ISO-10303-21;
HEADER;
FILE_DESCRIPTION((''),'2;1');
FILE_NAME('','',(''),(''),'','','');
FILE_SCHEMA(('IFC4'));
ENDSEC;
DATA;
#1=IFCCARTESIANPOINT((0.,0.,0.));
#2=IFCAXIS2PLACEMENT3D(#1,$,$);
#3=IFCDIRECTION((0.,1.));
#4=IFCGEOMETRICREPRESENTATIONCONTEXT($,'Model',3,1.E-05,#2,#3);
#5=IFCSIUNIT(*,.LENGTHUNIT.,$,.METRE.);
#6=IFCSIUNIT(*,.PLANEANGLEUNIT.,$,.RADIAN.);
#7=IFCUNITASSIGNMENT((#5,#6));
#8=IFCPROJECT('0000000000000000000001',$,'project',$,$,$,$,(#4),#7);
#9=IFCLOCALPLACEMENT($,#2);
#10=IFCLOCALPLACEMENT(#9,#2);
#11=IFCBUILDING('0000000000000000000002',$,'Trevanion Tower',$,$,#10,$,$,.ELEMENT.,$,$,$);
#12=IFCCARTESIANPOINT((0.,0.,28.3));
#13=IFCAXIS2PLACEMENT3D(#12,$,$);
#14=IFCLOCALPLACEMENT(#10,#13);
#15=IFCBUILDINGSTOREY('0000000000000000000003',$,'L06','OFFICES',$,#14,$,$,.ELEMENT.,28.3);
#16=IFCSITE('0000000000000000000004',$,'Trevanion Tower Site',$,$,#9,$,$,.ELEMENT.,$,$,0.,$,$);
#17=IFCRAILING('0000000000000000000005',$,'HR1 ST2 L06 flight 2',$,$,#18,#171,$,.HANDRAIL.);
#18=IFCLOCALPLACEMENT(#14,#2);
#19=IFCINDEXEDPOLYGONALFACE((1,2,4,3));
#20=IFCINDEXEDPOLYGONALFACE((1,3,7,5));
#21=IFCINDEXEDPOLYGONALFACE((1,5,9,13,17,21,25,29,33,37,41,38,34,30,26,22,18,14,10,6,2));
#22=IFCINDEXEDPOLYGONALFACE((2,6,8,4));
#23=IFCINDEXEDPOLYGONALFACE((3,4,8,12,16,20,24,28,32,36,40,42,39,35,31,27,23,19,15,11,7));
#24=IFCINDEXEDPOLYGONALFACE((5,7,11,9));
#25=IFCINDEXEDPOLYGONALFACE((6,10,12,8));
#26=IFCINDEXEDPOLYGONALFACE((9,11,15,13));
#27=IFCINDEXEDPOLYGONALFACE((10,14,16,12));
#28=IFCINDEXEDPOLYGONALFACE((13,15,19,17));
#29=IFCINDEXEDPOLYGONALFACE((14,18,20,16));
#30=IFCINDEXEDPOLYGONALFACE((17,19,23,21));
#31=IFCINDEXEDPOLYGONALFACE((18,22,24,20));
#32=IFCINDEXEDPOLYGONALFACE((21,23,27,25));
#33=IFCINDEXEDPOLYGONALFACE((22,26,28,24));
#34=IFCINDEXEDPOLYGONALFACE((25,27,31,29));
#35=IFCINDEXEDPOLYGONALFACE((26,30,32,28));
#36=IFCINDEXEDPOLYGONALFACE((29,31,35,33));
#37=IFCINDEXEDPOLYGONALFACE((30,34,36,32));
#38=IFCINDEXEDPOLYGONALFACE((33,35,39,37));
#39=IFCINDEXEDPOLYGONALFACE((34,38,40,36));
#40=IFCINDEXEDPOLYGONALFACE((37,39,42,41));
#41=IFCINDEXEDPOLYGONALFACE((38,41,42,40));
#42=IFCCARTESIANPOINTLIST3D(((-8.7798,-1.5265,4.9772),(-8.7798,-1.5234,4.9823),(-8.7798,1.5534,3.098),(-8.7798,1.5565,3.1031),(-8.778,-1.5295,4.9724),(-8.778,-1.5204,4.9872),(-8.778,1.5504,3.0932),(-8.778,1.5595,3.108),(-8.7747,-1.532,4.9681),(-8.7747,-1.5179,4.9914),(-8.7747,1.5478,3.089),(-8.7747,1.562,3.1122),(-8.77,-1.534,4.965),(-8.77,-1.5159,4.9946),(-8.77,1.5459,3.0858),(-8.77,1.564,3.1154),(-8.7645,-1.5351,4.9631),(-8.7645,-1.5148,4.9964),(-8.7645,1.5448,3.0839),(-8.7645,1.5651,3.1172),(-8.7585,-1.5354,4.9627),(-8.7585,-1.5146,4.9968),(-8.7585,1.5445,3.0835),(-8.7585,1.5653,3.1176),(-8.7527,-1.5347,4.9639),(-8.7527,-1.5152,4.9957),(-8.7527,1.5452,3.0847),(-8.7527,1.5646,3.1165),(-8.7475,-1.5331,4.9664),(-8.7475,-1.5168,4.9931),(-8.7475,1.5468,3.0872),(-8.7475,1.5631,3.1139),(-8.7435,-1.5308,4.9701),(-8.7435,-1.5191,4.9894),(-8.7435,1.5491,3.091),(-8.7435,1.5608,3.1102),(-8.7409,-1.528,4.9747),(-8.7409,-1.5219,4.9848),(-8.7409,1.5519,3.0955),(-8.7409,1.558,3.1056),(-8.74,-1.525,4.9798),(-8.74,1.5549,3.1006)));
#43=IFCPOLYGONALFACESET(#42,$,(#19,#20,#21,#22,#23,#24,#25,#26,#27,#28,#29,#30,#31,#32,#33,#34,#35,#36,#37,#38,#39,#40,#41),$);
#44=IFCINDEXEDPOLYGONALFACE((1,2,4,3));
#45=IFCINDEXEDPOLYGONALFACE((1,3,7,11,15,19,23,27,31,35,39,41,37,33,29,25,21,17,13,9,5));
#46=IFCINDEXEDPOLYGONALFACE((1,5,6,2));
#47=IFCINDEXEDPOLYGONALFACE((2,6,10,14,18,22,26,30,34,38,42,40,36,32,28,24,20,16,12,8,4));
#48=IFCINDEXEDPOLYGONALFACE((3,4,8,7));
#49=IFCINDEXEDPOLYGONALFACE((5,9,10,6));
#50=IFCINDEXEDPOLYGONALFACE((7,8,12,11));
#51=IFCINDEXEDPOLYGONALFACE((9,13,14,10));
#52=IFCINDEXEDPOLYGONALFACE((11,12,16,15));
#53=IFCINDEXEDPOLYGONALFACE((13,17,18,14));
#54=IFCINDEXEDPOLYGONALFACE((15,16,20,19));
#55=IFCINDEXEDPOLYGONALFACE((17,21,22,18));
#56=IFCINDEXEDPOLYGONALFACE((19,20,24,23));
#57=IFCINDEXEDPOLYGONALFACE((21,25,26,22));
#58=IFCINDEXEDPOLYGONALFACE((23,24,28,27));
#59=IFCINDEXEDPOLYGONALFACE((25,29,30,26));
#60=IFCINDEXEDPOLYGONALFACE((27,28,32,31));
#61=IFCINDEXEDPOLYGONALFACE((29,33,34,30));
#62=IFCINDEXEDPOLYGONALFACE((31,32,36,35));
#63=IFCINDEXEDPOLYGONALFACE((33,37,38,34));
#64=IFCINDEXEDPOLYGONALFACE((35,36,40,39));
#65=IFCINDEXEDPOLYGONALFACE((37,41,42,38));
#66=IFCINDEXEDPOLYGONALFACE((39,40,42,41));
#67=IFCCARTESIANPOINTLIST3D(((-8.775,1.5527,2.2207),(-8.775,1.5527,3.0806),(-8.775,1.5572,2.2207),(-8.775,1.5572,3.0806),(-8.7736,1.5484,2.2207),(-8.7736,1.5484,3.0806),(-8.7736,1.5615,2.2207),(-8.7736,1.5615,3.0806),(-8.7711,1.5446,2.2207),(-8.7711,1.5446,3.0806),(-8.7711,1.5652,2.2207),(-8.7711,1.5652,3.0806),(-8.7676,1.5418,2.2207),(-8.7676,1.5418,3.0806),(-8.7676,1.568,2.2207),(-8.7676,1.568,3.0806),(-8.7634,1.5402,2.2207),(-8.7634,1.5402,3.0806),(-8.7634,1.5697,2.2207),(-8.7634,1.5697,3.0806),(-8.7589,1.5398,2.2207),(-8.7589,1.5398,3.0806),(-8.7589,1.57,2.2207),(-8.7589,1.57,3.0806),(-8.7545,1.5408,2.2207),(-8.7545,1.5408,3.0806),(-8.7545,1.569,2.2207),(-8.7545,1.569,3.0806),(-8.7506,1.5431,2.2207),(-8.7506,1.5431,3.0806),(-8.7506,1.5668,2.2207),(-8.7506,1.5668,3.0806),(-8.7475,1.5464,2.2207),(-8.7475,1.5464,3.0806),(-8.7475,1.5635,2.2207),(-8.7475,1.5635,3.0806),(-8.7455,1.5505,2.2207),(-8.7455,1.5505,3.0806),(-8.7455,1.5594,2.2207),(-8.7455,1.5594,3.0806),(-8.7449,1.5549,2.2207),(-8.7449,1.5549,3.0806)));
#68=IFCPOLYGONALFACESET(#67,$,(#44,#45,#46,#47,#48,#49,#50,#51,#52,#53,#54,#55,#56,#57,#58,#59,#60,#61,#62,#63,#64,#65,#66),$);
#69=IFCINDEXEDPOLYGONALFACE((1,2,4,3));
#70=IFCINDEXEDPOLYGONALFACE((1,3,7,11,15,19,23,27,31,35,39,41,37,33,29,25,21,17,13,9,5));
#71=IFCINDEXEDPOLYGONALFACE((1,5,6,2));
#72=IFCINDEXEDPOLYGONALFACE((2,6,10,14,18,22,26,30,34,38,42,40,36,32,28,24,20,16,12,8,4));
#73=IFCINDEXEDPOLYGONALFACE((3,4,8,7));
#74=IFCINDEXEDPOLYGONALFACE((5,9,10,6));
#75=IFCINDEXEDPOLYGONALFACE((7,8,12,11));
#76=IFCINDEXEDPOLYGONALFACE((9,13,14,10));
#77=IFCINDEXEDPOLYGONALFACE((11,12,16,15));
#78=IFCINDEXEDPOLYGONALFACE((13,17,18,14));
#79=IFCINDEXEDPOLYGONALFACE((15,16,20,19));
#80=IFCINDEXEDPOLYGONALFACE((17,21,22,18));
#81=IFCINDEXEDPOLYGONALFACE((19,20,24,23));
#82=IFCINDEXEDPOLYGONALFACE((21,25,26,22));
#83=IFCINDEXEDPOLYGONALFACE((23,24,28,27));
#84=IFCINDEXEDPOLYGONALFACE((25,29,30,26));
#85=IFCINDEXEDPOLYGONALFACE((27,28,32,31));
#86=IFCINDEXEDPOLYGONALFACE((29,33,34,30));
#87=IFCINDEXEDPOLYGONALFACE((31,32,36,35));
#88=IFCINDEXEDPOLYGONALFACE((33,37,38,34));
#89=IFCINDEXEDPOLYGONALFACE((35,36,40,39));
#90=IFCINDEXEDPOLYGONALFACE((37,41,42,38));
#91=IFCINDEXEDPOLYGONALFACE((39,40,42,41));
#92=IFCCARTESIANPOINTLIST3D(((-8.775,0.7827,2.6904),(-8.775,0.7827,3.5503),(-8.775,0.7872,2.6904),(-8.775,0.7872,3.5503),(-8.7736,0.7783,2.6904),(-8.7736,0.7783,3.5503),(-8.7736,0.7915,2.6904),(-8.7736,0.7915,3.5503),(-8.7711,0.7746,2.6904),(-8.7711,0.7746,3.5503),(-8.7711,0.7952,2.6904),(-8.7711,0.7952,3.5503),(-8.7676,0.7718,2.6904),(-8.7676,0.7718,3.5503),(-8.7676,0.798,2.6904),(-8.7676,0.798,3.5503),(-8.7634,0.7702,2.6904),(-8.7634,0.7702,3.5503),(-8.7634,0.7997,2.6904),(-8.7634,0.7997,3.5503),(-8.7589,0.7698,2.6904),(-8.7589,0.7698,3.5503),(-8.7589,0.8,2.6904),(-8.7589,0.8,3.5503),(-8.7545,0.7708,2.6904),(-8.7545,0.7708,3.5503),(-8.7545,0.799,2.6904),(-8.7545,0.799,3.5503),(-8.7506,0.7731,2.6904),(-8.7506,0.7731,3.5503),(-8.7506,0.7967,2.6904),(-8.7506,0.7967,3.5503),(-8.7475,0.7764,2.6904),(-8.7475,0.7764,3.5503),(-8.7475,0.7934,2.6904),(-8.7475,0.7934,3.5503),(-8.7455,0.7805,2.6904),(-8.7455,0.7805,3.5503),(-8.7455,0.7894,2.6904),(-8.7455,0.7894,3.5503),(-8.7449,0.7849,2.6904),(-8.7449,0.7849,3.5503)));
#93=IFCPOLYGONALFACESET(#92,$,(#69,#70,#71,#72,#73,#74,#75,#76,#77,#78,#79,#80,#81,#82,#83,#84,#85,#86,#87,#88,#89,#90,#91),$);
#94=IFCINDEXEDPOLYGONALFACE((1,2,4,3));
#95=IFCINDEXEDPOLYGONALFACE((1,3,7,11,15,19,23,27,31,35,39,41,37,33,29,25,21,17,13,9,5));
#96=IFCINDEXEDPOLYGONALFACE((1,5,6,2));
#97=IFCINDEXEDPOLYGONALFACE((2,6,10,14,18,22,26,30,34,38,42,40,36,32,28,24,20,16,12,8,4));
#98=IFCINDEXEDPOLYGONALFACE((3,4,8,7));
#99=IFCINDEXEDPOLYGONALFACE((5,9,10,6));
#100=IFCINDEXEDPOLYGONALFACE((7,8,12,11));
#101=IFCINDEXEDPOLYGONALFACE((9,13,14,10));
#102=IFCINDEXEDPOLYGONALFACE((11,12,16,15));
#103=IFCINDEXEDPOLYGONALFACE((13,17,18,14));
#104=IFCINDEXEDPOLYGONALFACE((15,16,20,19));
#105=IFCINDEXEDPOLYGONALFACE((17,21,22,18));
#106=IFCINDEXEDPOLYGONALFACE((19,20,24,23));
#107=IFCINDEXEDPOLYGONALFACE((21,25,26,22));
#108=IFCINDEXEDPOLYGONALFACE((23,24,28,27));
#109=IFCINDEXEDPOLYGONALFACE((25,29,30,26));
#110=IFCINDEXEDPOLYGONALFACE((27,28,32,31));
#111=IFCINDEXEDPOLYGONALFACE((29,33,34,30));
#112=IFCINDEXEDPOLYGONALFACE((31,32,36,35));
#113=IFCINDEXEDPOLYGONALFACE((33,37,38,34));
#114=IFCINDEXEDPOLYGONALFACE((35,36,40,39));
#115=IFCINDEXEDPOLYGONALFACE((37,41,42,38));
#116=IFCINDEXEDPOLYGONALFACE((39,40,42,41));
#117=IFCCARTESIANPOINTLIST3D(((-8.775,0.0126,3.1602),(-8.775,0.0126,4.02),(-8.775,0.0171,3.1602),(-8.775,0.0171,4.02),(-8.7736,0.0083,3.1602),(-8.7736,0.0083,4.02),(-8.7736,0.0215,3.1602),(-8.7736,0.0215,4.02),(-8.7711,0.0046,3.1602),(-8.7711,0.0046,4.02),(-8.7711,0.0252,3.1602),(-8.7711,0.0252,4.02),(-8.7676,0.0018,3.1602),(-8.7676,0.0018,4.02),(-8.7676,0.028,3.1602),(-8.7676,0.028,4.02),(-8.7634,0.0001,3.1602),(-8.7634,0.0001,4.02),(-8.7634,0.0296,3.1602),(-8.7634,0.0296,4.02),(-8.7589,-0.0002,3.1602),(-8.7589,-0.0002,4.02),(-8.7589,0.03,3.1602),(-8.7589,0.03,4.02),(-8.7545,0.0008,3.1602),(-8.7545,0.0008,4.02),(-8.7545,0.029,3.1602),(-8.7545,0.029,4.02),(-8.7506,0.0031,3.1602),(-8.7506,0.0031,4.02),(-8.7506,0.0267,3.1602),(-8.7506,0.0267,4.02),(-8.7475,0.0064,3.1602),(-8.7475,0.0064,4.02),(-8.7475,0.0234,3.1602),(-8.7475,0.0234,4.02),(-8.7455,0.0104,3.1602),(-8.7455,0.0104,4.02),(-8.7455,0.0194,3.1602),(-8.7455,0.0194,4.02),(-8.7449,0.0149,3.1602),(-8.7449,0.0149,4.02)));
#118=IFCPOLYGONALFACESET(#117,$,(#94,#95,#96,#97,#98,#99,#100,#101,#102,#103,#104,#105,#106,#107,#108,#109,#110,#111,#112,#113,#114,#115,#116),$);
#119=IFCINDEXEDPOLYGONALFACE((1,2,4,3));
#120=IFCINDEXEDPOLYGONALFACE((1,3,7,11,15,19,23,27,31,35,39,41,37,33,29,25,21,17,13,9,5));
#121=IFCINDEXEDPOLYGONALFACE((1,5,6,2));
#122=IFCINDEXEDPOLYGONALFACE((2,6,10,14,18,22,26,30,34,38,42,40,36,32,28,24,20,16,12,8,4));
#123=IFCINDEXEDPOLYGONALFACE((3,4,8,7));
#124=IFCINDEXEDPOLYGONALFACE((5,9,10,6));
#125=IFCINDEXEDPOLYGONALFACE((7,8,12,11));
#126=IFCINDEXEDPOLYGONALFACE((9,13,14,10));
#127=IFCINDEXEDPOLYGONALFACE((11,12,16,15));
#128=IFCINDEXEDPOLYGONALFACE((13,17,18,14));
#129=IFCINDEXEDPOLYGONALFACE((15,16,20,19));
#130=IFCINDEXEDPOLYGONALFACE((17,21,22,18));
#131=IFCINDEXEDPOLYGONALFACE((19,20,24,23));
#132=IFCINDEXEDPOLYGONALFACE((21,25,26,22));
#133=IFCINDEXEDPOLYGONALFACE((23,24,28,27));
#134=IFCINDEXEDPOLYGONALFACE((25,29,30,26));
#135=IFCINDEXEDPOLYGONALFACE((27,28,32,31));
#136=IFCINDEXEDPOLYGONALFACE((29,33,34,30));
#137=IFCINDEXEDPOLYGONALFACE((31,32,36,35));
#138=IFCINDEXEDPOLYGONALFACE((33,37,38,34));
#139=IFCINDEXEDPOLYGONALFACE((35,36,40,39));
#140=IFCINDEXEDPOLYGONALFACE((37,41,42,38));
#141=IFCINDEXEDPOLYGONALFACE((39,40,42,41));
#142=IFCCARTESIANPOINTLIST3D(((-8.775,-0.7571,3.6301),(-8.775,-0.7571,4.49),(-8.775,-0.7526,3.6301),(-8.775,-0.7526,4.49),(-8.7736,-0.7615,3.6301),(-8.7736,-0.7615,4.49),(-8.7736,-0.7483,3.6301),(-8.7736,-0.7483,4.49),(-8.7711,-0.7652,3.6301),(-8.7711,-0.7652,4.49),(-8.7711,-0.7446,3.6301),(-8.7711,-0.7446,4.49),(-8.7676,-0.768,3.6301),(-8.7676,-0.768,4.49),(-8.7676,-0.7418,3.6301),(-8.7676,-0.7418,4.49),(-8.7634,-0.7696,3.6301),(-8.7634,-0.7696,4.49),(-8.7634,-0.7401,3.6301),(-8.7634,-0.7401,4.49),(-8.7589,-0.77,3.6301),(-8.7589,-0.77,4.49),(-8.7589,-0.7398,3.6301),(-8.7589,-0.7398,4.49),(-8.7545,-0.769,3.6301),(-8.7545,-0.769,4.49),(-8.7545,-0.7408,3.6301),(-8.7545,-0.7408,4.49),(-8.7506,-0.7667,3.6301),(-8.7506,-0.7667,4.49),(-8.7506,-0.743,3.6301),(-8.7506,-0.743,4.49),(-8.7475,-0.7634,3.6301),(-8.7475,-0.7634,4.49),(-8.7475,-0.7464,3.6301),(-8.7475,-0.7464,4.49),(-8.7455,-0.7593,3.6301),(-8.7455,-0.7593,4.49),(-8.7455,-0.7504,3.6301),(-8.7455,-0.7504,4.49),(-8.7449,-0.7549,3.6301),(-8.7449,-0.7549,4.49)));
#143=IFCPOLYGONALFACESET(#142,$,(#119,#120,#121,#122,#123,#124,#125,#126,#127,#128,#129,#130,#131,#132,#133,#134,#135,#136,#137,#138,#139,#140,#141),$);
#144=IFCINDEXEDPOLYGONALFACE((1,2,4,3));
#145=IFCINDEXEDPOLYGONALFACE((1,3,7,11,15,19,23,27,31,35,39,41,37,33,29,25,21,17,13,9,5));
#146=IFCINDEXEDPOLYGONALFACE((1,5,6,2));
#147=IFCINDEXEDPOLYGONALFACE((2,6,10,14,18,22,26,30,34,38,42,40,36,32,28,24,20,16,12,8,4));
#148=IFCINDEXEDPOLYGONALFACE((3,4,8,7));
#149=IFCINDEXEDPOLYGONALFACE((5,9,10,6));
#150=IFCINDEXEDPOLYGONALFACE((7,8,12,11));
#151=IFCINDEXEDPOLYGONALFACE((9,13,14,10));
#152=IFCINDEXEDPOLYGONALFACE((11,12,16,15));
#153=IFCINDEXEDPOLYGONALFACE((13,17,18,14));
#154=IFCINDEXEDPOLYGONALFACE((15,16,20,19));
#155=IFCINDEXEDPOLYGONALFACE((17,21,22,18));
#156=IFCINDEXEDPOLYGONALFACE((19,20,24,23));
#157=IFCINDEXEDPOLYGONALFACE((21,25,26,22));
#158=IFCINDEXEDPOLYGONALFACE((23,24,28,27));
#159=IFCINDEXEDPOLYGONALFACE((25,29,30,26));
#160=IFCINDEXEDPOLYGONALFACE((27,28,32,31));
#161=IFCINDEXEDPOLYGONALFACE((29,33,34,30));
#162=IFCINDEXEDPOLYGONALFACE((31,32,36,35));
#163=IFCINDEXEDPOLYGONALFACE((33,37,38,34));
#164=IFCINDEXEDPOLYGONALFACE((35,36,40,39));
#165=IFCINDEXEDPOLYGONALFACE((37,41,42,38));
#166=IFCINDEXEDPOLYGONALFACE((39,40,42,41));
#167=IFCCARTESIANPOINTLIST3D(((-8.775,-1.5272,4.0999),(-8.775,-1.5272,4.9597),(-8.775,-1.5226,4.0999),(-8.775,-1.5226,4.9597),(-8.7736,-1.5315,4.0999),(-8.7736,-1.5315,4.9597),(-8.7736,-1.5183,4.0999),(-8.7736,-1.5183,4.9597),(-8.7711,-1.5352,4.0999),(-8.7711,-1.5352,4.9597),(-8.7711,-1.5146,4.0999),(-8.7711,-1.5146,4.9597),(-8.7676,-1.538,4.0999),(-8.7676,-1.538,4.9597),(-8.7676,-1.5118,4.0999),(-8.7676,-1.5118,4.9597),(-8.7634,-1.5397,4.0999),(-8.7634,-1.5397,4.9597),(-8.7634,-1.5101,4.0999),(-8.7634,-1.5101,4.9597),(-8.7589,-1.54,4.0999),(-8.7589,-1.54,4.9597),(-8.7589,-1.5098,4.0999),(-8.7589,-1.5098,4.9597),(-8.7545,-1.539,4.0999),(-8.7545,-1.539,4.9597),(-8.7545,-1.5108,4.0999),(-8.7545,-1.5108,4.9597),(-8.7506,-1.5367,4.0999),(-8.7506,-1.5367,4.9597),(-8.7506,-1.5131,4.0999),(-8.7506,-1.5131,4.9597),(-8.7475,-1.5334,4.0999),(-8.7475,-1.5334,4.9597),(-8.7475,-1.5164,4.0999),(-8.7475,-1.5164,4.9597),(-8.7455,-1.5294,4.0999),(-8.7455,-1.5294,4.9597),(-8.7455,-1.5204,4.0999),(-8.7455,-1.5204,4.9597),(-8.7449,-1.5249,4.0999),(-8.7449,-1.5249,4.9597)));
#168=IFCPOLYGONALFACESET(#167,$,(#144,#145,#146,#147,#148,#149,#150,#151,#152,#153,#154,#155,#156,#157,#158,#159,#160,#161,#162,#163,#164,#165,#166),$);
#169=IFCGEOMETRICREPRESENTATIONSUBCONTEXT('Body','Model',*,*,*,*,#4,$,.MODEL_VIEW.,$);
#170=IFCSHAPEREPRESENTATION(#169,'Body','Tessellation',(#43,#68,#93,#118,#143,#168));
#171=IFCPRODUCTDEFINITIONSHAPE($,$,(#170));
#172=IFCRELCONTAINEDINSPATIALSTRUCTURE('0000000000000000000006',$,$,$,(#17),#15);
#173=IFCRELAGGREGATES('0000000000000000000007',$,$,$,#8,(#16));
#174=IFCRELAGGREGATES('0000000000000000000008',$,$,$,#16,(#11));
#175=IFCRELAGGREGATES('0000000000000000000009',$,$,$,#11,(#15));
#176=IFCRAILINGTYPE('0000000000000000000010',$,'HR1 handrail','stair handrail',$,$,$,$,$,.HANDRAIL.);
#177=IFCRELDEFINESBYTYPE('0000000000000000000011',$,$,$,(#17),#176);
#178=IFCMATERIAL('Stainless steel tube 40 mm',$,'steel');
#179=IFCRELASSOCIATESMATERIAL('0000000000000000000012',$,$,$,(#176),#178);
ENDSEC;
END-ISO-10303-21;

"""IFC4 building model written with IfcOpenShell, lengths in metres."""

from ifc_helpers import new_model, si_unit, direction, frame, origin, origin_2d, place, context, subcontext, project, spatial, circle, extrude, material, type_object, element, save


model = new_model("IFC4")

# Units and contexts
model_context = context("Model", 3, precision=1e-05, world=origin(), true_north=direction((0.0, 1.0)))
body_context = subcontext(model_context, "Body", "Model", "MODEL_VIEW")
ifc_project = project(units=[si_unit("LENGTHUNIT", "METRE"), si_unit("PLANEANGLEUNIT", "RADIAN")], contexts=[model_context])

# Site, building, storey
site_placement = place(None, origin())
site = spatial("IfcSite", under=ifc_project, at=site_placement, Name="Trevanion Tower Site", CompositionType="ELEMENT", RefElevation=0.0)
building_placement = place(site_placement, origin())
building = spatial("IfcBuilding", under=site, at=building_placement, Name="Trevanion Tower", CompositionType="ELEMENT")
storey_placement = place(building_placement, frame((0.0, 0.0, 28.3)))
storey = spatial("IfcBuildingStorey", under=building, at=storey_placement, Name="L06", Description="OFFICES", CompositionType="ELEMENT", Elevation=28.3)

# Railing
ifc_material_1 = material(Name="Stainless steel tube 40 mm", Category="steel")
railing_type = type_object("IfcRailingType", Name="HR1 handrail", Description="stair handrail", PredefinedType="HANDRAIL", material=ifc_material_1)
for number, where, name in (
    (1, (-8.76, 1.5549, 2.2207), "HR1 ST2 L06 flight 2"),
):
    element("IfcRailing", number, at=place(storey_placement, frame(where)), inside=storey, type_object=railing_type, Name=name, PredefinedType="HANDRAIL", context=body_context, shape_type="SweptSolid", body=[
        extrude(circle(Radius=0.02, at=origin_2d()), frame((0.0, 0.0, 0.8799), z_axis=(0.0, -0.853648, 0.52085), x_axis=(1.0, 0.0, 0.0)), (0.0, 0.0, 1.0), 3.6079),
        extrude(circle(Radius=0.0151, at=origin_2d()), origin(), (0.0, 0.0, 1.0), 0.8599),
        extrude(circle(Radius=0.0151, at=origin_2d()), frame((0.0, -0.77, 0.4697)), (0.0, 0.0, 1.0), 0.8599),
        extrude(circle(Radius=0.0151, at=origin_2d()), frame((0.0, -1.54, 0.9395)), (0.0, 0.0, 1.0), 0.8599),
        extrude(circle(Radius=0.0151, at=origin_2d()), frame((0.0, -2.3098, 1.4094)), (0.0, 0.0, 1.0), 0.8599),
        extrude(circle(Radius=0.0151, at=origin_2d()), frame((0.0, -3.0798, 1.8792)), (0.0, 0.0, 1.0), 0.8599),
    ])

save(model, "model.ifc")
